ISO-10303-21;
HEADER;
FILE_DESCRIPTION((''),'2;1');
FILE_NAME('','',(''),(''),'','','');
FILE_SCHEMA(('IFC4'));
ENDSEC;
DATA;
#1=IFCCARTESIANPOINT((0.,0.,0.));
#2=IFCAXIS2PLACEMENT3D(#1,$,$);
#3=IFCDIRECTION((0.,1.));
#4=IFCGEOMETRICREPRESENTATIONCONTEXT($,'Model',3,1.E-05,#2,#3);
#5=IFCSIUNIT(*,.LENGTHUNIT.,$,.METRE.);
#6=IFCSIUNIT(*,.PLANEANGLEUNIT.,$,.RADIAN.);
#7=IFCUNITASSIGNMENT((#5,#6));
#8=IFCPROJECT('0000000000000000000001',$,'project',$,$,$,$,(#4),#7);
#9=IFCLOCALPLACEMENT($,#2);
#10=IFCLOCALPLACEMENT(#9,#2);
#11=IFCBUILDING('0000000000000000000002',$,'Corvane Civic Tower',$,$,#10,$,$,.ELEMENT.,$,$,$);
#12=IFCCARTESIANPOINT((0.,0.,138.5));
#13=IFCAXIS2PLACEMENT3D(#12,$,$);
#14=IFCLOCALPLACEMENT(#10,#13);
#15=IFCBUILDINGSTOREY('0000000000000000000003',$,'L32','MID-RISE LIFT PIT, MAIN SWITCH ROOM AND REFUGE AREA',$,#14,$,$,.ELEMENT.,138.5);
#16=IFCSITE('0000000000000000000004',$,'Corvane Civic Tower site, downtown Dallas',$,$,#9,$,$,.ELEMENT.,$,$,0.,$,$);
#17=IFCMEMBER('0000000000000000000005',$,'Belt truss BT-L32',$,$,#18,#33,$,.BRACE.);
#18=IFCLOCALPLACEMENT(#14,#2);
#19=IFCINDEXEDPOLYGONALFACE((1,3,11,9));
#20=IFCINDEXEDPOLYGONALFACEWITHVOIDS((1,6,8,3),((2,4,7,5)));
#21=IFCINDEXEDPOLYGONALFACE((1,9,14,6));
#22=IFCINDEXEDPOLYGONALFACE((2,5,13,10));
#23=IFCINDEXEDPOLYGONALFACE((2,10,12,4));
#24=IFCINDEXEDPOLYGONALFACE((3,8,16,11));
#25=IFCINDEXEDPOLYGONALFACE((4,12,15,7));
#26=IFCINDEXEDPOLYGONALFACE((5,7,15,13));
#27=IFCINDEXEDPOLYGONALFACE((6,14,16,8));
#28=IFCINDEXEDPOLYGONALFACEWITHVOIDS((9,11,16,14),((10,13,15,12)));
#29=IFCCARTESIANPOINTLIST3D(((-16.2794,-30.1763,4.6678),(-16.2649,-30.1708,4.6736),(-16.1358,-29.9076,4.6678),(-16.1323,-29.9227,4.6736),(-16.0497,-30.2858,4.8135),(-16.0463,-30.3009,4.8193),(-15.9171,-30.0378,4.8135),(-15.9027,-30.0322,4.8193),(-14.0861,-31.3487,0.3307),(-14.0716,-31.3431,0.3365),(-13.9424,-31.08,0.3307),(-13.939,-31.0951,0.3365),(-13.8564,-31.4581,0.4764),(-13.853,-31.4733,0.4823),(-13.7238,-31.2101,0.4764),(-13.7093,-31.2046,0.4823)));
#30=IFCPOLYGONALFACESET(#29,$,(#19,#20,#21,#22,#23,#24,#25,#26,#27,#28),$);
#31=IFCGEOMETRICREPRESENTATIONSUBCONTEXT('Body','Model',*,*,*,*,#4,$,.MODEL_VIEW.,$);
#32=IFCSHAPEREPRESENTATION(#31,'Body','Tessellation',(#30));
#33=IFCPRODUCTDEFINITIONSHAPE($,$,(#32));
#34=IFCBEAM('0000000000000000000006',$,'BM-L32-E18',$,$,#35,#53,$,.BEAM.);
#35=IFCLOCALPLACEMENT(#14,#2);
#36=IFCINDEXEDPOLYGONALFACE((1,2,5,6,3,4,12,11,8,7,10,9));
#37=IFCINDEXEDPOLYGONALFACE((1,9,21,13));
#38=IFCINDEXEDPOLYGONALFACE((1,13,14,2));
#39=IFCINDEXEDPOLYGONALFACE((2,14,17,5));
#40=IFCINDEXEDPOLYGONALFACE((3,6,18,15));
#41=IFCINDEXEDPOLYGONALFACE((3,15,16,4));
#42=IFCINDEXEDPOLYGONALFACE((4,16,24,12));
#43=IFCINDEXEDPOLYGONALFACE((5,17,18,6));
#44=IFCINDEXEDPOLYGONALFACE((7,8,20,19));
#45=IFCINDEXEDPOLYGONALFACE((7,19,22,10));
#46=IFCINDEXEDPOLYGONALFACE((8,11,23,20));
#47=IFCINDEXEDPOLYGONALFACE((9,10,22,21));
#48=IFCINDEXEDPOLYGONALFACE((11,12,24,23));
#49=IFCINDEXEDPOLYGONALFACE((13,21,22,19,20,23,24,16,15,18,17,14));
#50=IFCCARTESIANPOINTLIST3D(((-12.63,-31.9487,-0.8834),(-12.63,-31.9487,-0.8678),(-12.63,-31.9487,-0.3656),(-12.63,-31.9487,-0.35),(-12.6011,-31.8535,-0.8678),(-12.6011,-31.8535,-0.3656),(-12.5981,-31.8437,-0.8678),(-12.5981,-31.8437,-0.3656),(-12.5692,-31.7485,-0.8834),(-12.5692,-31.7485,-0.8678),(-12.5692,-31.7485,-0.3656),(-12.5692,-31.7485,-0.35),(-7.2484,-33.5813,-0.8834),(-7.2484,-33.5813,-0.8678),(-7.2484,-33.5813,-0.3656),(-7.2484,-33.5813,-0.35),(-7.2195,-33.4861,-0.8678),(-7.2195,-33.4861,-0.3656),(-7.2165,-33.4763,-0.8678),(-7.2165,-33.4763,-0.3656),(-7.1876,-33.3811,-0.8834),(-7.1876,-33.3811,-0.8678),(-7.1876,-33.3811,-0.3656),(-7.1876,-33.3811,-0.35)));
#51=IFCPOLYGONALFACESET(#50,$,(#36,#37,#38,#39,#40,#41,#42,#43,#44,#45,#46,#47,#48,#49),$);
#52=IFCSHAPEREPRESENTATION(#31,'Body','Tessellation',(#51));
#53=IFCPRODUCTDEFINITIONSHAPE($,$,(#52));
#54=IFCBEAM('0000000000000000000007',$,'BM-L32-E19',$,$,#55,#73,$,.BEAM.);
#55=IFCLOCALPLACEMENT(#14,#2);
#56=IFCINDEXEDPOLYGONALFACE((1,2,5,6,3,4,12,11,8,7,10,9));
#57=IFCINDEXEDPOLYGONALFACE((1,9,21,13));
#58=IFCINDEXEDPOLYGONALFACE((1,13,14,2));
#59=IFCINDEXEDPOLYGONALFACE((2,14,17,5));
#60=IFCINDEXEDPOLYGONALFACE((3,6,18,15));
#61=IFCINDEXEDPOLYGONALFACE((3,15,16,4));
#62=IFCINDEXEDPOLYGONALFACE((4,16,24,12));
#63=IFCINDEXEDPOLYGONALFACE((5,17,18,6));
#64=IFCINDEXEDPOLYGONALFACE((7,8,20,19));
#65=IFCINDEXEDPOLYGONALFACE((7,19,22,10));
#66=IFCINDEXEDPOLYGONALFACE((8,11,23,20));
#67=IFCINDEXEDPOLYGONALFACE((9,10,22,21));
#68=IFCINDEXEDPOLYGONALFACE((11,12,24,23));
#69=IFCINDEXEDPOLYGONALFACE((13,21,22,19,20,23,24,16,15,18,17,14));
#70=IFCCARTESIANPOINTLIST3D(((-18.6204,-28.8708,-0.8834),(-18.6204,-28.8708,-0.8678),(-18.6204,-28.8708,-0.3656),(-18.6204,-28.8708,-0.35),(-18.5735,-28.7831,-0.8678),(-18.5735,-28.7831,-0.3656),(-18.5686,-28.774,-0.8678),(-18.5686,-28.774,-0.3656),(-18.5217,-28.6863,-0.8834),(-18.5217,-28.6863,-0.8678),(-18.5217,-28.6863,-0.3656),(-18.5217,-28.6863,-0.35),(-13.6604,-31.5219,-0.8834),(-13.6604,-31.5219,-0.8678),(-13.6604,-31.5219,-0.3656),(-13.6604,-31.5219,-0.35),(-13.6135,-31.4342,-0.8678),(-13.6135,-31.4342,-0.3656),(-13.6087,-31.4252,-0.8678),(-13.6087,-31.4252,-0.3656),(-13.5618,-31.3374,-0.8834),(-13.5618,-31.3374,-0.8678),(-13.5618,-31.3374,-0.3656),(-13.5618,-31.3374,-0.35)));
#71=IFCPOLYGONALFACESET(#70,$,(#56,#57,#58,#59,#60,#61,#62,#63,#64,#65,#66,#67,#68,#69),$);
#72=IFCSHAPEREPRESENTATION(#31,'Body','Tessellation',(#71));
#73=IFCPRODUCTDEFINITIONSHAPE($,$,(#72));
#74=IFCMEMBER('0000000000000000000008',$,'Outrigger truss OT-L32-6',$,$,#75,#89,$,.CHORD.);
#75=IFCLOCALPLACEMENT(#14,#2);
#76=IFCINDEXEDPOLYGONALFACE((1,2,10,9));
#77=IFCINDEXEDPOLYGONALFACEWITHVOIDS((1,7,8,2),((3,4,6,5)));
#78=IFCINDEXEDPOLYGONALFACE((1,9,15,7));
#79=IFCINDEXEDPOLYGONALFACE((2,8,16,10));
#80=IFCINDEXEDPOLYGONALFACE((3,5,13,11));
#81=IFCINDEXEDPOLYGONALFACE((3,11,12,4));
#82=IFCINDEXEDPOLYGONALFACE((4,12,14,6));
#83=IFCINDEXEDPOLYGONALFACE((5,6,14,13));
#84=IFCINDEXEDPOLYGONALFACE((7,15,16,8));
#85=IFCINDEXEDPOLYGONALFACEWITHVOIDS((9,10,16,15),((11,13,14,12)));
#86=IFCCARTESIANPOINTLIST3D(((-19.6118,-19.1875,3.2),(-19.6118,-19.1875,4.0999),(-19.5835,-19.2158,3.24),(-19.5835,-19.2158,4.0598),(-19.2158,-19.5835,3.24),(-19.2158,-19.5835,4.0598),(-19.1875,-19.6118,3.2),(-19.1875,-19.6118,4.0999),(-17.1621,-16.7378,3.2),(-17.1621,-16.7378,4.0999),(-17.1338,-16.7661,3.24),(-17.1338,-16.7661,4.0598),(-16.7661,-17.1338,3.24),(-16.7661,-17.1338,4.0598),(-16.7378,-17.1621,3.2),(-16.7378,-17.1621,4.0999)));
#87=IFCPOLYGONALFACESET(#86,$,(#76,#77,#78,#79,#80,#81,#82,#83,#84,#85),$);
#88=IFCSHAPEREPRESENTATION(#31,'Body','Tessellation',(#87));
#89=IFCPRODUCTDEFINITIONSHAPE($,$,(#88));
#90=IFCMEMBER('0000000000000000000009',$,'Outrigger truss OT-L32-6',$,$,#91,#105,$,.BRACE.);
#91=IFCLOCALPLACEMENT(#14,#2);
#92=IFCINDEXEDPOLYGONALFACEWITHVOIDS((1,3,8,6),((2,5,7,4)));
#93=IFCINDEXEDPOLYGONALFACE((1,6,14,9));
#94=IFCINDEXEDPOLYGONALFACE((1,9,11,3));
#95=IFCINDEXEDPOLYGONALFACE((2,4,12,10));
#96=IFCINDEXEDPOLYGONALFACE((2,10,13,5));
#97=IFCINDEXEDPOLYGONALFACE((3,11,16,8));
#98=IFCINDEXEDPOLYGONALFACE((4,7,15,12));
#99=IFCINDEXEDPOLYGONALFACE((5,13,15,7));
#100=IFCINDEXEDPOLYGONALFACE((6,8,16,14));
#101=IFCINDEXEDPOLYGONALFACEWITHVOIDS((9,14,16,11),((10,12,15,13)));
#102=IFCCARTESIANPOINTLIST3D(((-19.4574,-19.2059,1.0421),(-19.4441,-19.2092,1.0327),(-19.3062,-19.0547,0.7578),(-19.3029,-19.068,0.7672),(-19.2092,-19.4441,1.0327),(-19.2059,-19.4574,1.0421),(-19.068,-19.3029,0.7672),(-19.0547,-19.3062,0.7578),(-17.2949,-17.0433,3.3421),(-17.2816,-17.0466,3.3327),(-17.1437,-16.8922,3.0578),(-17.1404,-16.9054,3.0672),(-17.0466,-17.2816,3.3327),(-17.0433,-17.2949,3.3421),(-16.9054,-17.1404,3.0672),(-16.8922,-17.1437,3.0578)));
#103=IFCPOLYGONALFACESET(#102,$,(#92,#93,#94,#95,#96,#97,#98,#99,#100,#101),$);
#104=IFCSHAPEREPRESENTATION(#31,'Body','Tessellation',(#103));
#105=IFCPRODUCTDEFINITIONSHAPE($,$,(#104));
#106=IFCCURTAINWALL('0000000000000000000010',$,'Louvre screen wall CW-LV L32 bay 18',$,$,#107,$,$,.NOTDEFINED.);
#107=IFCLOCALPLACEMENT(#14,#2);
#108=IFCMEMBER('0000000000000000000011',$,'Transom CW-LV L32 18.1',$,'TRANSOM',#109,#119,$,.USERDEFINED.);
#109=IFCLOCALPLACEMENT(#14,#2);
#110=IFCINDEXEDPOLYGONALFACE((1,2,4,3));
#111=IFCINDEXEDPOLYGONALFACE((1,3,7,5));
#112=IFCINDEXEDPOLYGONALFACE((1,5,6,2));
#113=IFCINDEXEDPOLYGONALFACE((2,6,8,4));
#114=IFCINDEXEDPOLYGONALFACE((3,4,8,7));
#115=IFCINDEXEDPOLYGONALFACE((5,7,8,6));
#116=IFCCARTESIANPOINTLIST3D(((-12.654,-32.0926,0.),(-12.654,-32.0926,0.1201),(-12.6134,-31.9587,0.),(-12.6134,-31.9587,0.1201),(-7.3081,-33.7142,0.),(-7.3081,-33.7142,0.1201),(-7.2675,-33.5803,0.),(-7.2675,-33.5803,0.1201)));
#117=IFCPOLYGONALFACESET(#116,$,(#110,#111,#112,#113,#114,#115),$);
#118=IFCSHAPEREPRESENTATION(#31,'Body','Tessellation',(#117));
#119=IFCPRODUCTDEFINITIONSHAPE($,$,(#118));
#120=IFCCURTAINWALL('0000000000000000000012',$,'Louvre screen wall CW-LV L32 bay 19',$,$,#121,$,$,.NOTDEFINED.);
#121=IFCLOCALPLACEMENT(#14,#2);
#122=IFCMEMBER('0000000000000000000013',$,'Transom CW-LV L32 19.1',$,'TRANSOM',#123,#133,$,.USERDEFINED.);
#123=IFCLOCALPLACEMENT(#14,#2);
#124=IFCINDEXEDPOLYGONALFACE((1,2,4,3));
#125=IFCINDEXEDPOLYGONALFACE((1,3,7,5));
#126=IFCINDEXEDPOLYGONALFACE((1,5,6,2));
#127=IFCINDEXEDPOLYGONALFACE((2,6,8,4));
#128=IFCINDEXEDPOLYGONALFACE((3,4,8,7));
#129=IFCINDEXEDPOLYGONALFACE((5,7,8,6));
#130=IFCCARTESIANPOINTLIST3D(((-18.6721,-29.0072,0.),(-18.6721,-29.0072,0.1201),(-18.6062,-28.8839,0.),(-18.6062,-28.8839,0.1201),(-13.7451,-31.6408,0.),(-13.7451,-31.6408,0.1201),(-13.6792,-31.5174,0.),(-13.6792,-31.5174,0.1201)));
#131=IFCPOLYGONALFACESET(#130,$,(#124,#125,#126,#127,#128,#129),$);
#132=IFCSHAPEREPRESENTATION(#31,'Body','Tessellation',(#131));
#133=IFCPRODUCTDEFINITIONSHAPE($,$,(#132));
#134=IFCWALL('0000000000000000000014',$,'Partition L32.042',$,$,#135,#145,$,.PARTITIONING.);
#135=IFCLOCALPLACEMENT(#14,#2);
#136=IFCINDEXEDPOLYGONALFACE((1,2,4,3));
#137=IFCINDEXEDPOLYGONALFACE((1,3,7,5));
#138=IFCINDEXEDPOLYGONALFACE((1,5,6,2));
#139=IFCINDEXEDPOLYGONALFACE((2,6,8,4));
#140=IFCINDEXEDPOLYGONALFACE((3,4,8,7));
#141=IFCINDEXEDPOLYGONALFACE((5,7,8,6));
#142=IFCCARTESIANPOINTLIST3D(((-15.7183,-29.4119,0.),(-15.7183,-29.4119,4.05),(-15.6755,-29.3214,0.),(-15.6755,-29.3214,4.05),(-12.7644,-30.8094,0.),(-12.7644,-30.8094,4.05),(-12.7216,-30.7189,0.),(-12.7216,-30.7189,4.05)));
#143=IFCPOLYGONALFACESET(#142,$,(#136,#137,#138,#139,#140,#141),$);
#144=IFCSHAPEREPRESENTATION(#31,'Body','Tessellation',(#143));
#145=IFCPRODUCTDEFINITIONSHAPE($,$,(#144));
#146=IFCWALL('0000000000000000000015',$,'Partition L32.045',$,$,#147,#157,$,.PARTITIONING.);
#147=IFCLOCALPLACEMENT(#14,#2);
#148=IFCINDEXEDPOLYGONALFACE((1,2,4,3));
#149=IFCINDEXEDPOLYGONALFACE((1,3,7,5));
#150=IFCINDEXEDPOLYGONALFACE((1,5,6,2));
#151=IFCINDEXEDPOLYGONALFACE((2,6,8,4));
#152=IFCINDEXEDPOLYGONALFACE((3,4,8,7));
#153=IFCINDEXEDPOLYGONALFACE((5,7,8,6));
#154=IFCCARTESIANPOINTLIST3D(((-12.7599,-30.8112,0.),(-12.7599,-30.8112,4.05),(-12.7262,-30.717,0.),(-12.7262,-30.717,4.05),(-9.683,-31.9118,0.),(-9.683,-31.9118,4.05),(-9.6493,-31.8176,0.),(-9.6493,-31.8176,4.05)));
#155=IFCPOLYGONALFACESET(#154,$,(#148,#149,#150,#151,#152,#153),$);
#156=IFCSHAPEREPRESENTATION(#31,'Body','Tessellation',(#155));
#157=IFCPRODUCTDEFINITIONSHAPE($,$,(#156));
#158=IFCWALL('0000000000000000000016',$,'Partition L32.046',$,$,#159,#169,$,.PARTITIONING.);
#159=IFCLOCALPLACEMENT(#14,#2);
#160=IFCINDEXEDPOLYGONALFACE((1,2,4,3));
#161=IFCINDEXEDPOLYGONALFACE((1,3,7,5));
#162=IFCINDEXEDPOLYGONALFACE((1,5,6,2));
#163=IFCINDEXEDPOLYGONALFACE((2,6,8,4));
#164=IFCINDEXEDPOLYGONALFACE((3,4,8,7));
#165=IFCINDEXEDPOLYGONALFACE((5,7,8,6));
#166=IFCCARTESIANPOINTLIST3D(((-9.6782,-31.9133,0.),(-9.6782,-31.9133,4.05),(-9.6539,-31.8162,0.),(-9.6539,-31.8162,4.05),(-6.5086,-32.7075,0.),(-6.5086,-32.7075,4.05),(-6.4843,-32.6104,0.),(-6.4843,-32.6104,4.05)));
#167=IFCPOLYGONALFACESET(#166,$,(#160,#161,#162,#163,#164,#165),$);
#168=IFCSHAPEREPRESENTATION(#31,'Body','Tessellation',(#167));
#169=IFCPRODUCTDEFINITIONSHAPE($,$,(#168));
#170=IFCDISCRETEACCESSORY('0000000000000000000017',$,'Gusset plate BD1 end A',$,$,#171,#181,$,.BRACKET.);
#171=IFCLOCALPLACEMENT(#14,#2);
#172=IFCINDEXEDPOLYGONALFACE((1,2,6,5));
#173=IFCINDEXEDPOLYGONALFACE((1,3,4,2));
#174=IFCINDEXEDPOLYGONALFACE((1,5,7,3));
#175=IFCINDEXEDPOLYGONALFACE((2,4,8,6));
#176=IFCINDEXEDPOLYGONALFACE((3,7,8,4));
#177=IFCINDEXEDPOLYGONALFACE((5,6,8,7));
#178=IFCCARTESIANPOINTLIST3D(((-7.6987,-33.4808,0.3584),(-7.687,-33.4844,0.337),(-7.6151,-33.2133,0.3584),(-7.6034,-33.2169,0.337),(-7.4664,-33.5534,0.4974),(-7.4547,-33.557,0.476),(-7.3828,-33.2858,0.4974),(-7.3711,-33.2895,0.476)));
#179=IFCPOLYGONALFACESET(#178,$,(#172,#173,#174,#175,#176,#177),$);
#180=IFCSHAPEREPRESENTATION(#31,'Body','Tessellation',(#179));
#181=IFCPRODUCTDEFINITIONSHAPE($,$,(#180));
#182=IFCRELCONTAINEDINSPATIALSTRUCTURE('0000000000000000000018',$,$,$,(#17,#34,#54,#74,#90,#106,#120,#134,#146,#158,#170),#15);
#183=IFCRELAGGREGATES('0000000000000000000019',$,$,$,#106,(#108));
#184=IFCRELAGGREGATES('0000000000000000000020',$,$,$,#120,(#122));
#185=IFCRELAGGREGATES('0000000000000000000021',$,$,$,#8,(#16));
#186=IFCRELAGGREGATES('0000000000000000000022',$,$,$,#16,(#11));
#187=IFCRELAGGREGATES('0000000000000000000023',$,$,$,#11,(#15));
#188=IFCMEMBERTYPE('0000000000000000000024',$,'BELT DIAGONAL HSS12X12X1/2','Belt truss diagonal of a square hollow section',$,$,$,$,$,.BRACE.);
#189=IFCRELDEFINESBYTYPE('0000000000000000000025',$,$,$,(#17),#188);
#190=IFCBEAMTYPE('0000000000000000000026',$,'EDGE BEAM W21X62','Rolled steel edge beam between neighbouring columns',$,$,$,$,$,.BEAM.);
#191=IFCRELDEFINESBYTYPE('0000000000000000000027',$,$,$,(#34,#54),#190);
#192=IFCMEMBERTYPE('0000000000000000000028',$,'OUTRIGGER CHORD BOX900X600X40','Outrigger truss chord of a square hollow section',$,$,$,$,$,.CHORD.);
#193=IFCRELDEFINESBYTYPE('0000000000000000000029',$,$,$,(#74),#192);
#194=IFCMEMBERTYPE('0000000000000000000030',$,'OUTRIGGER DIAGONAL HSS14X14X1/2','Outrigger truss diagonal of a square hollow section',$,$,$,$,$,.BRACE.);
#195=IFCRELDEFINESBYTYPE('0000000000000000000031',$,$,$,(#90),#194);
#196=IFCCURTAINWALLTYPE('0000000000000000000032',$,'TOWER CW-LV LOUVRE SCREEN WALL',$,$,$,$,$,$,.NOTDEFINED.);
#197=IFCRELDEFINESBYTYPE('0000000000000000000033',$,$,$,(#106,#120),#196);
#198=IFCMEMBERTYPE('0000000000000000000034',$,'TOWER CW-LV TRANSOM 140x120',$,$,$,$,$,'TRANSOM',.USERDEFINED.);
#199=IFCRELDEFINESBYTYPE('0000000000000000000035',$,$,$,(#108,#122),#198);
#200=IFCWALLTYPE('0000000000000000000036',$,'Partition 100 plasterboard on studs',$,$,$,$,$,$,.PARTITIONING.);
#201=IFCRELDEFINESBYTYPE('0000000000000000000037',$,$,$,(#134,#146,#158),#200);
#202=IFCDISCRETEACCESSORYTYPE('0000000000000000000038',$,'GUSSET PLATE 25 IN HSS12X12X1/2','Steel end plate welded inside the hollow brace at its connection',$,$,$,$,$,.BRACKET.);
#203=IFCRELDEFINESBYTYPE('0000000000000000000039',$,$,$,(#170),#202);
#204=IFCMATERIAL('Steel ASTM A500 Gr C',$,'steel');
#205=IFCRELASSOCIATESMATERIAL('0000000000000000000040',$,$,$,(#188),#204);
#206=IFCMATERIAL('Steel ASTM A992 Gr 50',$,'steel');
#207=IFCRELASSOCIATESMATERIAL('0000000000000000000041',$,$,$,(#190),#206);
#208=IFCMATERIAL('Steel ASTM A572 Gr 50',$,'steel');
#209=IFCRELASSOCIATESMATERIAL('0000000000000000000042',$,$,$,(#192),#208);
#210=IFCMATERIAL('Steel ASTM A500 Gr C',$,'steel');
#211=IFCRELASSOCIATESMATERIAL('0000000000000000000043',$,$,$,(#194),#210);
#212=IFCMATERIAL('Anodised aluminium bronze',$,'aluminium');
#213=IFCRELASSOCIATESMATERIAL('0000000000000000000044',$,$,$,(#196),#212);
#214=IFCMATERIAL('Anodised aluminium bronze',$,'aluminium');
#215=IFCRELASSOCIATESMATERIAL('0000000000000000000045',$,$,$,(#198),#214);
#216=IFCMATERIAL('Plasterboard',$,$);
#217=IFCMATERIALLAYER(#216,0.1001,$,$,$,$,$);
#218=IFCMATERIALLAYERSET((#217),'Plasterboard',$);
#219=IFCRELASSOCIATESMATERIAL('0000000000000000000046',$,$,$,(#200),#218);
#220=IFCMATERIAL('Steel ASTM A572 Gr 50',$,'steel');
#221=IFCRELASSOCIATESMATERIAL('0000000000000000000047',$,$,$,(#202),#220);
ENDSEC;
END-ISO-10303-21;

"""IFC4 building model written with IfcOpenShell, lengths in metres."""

from ifc_helpers import new_model, si_unit, direction, frame, frame_2d, origin, origin_2d, place, context, subcontext, project, spatial, rectangle, hollow_rectangle, i_section, extrude, material, layer, layer_set, material_profile, profile_set, type_object, element, aggregate, save


model = new_model("IFC4")

# Units and contexts
model_context = context("Model", 3, precision=1e-05, world=origin(), true_north=direction((0.0, 1.0)))
body_context = subcontext(model_context, "Body", "Model", "MODEL_VIEW")
ifc_project = project(units=[si_unit("LENGTHUNIT", "METRE"), si_unit("PLANEANGLEUNIT", "RADIAN")], contexts=[model_context])

# Site, building, storey
site_placement = place(None, origin())
site = spatial("IfcSite", under=ifc_project, at=site_placement, Name="Corvane Civic Tower site, downtown Dallas", CompositionType="ELEMENT", RefElevation=0.0)
building_placement = place(site_placement, origin())
building = spatial("IfcBuilding", under=site, at=building_placement, Name="Corvane Civic Tower", CompositionType="ELEMENT")
storey_placement = place(building_placement, frame((0.0, 0.0, 138.5)))
storey = spatial("IfcBuildingStorey", under=building, at=storey_placement, Name="L32", Description="MID-RISE LIFT PIT, MAIN SWITCH ROOM AND REFUGE AREA", CompositionType="ELEMENT", Elevation=138.5)

# Member
ifc_material_1 = material(Name="Steel ASTM A500 Gr C", Category="steel")
ifc_material_profile_1 = material_profile(ifc_material_1, hollow_rectangle(XDim=0.3047, YDim=0.3047, WallThickness=0.0117, at=origin_2d()), Name="HSS12X12X1/2")
ifc_profile_set_1 = profile_set([ifc_material_profile_1], Name="Steel ASTM A500 Gr C")
member_type_1 = type_object("IfcMemberType", Name="BELT DIAGONAL HSS12X12X1/2", Description="Belt truss diagonal of a square hollow section", PredefinedType="BRACE", material=ifc_profile_set_1)
for number, where, z_axis, x_axis, name in (
    (1, (-13.8977, -31.2766, 0.4065), (-0.438705, 0.23449, 0.867498), (-0.471393, -0.881923, 0.0), "Belt truss BT-L32"),
):
    element("IfcMember", number, at=place(storey_placement, frame(where, z_axis=z_axis, x_axis=x_axis)), inside=storey, type_object=member_type_1, Name=name, PredefinedType="BRACE", context=body_context, shape_type="SweptSolid", body=[
        extrude(hollow_rectangle(XDim=0.3047, YDim=0.3047, WallThickness=0.0117, at=origin_2d()), origin(), (0.0, 0.0, 1.0), 4.9995),
    ])

# Beams
ifc_material_2 = material(Name="Steel ASTM A992 Gr 50", Category="steel")
ifc_material_profile_2 = material_profile(ifc_material_2, i_section(OverallWidth=0.2092, OverallDepth=0.5334, WebThickness=0.0103, FlangeThickness=0.0156, at=origin_2d()), Name="W21X62")
ifc_profile_set_2 = profile_set([ifc_material_profile_2], Name="Steel ASTM A992 Gr 50")
beam_type = type_object("IfcBeamType", Name="EDGE BEAM W21X62", Description="Rolled steel edge beam between neighbouring columns", PredefinedType="BEAM", material=ifc_profile_set_2)
beam_1_placement = place(storey_placement, frame((-7.218, -33.4812, -0.6167), z_axis=(-0.956936, 0.290298, 0.0), x_axis=(-0.290298, -0.956936, 0.0)))
element("IfcBeam", 2, at=beam_1_placement, inside=storey, type_object=beam_type, Name="BM-L32-E18", PredefinedType="BEAM", context=body_context, shape_type="SweptSolid", body=[
    extrude(i_section(OverallWidth=0.2092, OverallDepth=0.5334, WebThickness=0.0103, FlangeThickness=0.0156, at=origin_2d()), origin(), (0.0, 0.0, 1.0), 5.6238),
])
beam_2_placement = place(storey_placement, frame((-13.6111, -31.4297, -0.6167), z_axis=(-0.881924, 0.471392, 0.0), x_axis=(-0.471392, -0.881924, 0.0)))
element("IfcBeam", 3, at=beam_2_placement, inside=storey, type_object=beam_type, Name="BM-L32-E19", PredefinedType="BEAM", context=body_context, shape_type="SweptSolid", body=[
    extrude(i_section(OverallWidth=0.2092, OverallDepth=0.5334, WebThickness=0.0103, FlangeThickness=0.0156, at=origin_2d()), origin(), (0.0, 0.0, 1.0), 5.624),
])

# Members
ifc_material_3 = material(Name="Steel ASTM A572 Gr 50", Category="steel")
ifc_material_profile_3 = material_profile(ifc_material_3, hollow_rectangle(XDim=0.6001, YDim=0.8999, WallThickness=0.04, at=origin_2d()), Name="BOX900X600X40")
ifc_profile_set_3 = profile_set([ifc_material_profile_3], Name="Steel ASTM A572 Gr 50")
member_type_2 = type_object("IfcMemberType", Name="OUTRIGGER CHORD BOX900X600X40", Description="Outrigger truss chord of a square hollow section", PredefinedType="CHORD", material=ifc_profile_set_3)
member_1_placement = place(storey_placement, frame((-16.95, -16.95, 3.6499), z_axis=(-0.707107, -0.707107, 0.0), x_axis=(0.707107, -0.707107, 0.0)))
element("IfcMember", 4, at=member_1_placement, inside=storey, type_object=member_type_2, Name="Outrigger truss OT-L32-6", PredefinedType="CHORD", context=body_context, shape_type="SweptSolid", body=[
    extrude(hollow_rectangle(XDim=0.6001, YDim=0.8999, WallThickness=0.04, at=origin_2d()), origin(), (0.0, 0.0, 1.0), 3.4644),
])
ifc_material_4 = material(Name="Steel ASTM A500 Gr C", Category="steel")
ifc_material_profile_4 = material_profile(ifc_material_4, hollow_rectangle(XDim=0.3557, YDim=0.3557, WallThickness=0.0117, at=origin_2d()), Name="HSS14X14X1/2")
ifc_profile_set_4 = profile_set([ifc_material_profile_4], Name="Steel ASTM A500 Gr C")
member_type_3 = type_object("IfcMemberType", Name="OUTRIGGER DIAGONAL HSS14X14X1/2", Description="Outrigger truss diagonal of a square hollow section", PredefinedType="BRACE", material=ifc_profile_set_4)
member_2_placement = place(storey_placement, frame((-17.0935, -17.0935, 3.2), z_axis=(-0.565129, -0.565129, -0.601048), x_axis=(0.707107, -0.707107, 0.0)))
element("IfcMember", 5, at=member_2_placement, inside=storey, type_object=member_type_3, Name="Outrigger truss OT-L32-6", PredefinedType="BRACE", context=body_context, shape_type="SweptSolid", body=[
    extrude(hollow_rectangle(XDim=0.3557, YDim=0.3557, WallThickness=0.0117, at=origin_2d()), origin(), (0.0, 0.0, 1.0), 3.8267),
])

# Curtain walls, members
ifc_material_5 = material(Name="Anodised aluminium bronze", Category="aluminium")
curtain_wall_type = type_object("IfcCurtainWallType", Name="TOWER CW-LV LOUVRE SCREEN WALL", PredefinedType="NOTDEFINED", material=ifc_material_5)
curtain_wall_1_placement = place(storey_placement, origin())
curtain_wall_1 = element("IfcCurtainWall", 6, at=curtain_wall_1_placement, inside=storey, type_object=curtain_wall_type, Name="Louvre screen wall CW-LV L32 bay 18", PredefinedType="NOTDEFINED")
ifc_material_6 = material(Name="Anodised aluminium bronze", Category="aluminium")
ifc_material_profile_5 = material_profile(ifc_material_6, rectangle(XDim=0.1399, YDim=0.1201, at=origin_2d()), Name="TOWER CW-LV TRANSOM 140x120")
ifc_profile_set_5 = profile_set([ifc_material_profile_5], Name="Anodised aluminium bronze")
member_type_4 = type_object("IfcMemberType", Name="TOWER CW-LV TRANSOM 140x120", ElementType="TRANSOM", PredefinedType="USERDEFINED", material=ifc_profile_set_5)
member_3_placement = place(storey_placement, frame((-7.2878, -33.6472, 0.0601), z_axis=(-0.956945, 0.290269, 0.0), x_axis=(-0.290269, -0.956945, 0.0)))
member_3 = element("IfcMember", 7, at=member_3_placement, type_object=member_type_4, Name="Transom CW-LV L32 18.1", ObjectType="TRANSOM", PredefinedType="USERDEFINED", context=body_context, shape_type="SweptSolid", body=[
    extrude(rectangle(XDim=0.1399, YDim=0.1201, at=origin_2d()), origin(), (0.0, 0.0, 1.0), 5.5864),
])
curtain_wall_2_placement = place(storey_placement, origin())
curtain_wall_2 = element("IfcCurtainWall", 8, at=curtain_wall_2_placement, inside=storey, type_object=curtain_wall_type, Name="Louvre screen wall CW-LV L32 bay 19", PredefinedType="NOTDEFINED")
member_4_placement = place(storey_placement, frame((-13.7122, -31.5791, 0.0601), z_axis=(-0.881921, 0.471398, 0.0), x_axis=(-0.471398, -0.881921, 0.0)))
member_4 = element("IfcMember", 9, at=member_4_placement, type_object=member_type_4, Name="Transom CW-LV L32 19.1", ObjectType="TRANSOM", PredefinedType="USERDEFINED", context=body_context, shape_type="SweptSolid", body=[
    extrude(rectangle(XDim=0.1399, YDim=0.1201, at=origin_2d()), origin(), (0.0, 0.0, 1.0), 5.5867),
])

# Walls
ifc_material_7 = material(Name="Plasterboard")
ifc_layer = layer(ifc_material_7, 0.1001)
ifc_layer_set = layer_set([ifc_layer], Name="Plasterboard")
wall_type = type_object("IfcWallType", Name="Partition 100 plasterboard on studs", PredefinedType="PARTITIONING", material=ifc_layer_set)
for number, where, z_axis, x_axis, name in (
    (10, (-15.6968, -29.3667, 0.0), (0.0, 0.0, 1.0), (0.903943, -0.427653, 0.0), "Partition L32.042"),
    (11, (-12.7429, -30.7642, 0.0), (0.0, 0.0, 1.0), (0.941578, -0.336795, 0.0), "Partition L32.045"),
):
    element("IfcWall", number, at=place(storey_placement, frame(where, z_axis=z_axis, x_axis=x_axis)), inside=storey, type_object=wall_type, Name=name, PredefinedType="PARTITIONING", context=body_context, shape_type="SweptSolid", body=[
        extrude(rectangle(XDim=3.2678, YDim=0.1001, at=frame_2d((1.6338, 0.0))), origin(), (0.0, 0.0, 1.0), 4.05),
    ])
wall_placement = place(storey_placement, frame((-9.666, -31.8647, 0.0), z_axis=(0.0, 0.0, 1.0), x_axis=(0.970015, -0.243045, 0.0)))
element("IfcWall", 12, at=wall_placement, inside=storey, type_object=wall_type, Name="Partition L32.046", PredefinedType="PARTITIONING", context=body_context, shape_type="SweptSolid", body=[
    extrude(rectangle(XDim=3.2676, YDim=0.1001, at=frame_2d((1.6338, 0.0))), origin(), (0.0, 0.0, 1.0), 4.05),
])

aggregate(curtain_wall_1, [member_3])
aggregate(curtain_wall_2, [member_4])

# Discrete accessory
ifc_material_8 = material(Name="Steel ASTM A572 Gr 50", Category="steel")
ifc_material_profile_6 = material_profile(ifc_material_8, rectangle(XDim=0.2803, YDim=0.2803, at=origin_2d()), Name="GUSSET PLATE 25 IN HSS12X12X1/2")
ifc_profile_set_6 = profile_set([ifc_material_profile_6], Name="Steel ASTM A572 Gr 50")
discrete_accessory_type_1 = type_object("IfcDiscreteAccessoryType", Name="GUSSET PLATE 25 IN HSS12X12X1/2", Description="Steel end plate welded inside the hollow brace at its connection", PredefinedType="BRACKET", material=ifc_profile_set_6)
discrete_accessory_1_placement = place(storey_placement, frame((-7.5291, -33.387, 0.4065), z_axis=(-0.473579, 0.147993, 0.868228), x_axis=(-0.298275, -0.95448, 0.0)))
element("IfcDiscreteAccessory", 13, at=discrete_accessory_1_placement, inside=storey, type_object=discrete_accessory_type_1, Name="Gusset plate BD1 end A", PredefinedType="BRACKET", context=body_context, shape_type="SweptSolid", body=[
    extrude(rectangle(XDim=0.2803, YDim=0.2803, at=origin_2d()), origin(), (0.0, 0.0, 1.0), 0.0247),
])

save(model, "model.ifc")
